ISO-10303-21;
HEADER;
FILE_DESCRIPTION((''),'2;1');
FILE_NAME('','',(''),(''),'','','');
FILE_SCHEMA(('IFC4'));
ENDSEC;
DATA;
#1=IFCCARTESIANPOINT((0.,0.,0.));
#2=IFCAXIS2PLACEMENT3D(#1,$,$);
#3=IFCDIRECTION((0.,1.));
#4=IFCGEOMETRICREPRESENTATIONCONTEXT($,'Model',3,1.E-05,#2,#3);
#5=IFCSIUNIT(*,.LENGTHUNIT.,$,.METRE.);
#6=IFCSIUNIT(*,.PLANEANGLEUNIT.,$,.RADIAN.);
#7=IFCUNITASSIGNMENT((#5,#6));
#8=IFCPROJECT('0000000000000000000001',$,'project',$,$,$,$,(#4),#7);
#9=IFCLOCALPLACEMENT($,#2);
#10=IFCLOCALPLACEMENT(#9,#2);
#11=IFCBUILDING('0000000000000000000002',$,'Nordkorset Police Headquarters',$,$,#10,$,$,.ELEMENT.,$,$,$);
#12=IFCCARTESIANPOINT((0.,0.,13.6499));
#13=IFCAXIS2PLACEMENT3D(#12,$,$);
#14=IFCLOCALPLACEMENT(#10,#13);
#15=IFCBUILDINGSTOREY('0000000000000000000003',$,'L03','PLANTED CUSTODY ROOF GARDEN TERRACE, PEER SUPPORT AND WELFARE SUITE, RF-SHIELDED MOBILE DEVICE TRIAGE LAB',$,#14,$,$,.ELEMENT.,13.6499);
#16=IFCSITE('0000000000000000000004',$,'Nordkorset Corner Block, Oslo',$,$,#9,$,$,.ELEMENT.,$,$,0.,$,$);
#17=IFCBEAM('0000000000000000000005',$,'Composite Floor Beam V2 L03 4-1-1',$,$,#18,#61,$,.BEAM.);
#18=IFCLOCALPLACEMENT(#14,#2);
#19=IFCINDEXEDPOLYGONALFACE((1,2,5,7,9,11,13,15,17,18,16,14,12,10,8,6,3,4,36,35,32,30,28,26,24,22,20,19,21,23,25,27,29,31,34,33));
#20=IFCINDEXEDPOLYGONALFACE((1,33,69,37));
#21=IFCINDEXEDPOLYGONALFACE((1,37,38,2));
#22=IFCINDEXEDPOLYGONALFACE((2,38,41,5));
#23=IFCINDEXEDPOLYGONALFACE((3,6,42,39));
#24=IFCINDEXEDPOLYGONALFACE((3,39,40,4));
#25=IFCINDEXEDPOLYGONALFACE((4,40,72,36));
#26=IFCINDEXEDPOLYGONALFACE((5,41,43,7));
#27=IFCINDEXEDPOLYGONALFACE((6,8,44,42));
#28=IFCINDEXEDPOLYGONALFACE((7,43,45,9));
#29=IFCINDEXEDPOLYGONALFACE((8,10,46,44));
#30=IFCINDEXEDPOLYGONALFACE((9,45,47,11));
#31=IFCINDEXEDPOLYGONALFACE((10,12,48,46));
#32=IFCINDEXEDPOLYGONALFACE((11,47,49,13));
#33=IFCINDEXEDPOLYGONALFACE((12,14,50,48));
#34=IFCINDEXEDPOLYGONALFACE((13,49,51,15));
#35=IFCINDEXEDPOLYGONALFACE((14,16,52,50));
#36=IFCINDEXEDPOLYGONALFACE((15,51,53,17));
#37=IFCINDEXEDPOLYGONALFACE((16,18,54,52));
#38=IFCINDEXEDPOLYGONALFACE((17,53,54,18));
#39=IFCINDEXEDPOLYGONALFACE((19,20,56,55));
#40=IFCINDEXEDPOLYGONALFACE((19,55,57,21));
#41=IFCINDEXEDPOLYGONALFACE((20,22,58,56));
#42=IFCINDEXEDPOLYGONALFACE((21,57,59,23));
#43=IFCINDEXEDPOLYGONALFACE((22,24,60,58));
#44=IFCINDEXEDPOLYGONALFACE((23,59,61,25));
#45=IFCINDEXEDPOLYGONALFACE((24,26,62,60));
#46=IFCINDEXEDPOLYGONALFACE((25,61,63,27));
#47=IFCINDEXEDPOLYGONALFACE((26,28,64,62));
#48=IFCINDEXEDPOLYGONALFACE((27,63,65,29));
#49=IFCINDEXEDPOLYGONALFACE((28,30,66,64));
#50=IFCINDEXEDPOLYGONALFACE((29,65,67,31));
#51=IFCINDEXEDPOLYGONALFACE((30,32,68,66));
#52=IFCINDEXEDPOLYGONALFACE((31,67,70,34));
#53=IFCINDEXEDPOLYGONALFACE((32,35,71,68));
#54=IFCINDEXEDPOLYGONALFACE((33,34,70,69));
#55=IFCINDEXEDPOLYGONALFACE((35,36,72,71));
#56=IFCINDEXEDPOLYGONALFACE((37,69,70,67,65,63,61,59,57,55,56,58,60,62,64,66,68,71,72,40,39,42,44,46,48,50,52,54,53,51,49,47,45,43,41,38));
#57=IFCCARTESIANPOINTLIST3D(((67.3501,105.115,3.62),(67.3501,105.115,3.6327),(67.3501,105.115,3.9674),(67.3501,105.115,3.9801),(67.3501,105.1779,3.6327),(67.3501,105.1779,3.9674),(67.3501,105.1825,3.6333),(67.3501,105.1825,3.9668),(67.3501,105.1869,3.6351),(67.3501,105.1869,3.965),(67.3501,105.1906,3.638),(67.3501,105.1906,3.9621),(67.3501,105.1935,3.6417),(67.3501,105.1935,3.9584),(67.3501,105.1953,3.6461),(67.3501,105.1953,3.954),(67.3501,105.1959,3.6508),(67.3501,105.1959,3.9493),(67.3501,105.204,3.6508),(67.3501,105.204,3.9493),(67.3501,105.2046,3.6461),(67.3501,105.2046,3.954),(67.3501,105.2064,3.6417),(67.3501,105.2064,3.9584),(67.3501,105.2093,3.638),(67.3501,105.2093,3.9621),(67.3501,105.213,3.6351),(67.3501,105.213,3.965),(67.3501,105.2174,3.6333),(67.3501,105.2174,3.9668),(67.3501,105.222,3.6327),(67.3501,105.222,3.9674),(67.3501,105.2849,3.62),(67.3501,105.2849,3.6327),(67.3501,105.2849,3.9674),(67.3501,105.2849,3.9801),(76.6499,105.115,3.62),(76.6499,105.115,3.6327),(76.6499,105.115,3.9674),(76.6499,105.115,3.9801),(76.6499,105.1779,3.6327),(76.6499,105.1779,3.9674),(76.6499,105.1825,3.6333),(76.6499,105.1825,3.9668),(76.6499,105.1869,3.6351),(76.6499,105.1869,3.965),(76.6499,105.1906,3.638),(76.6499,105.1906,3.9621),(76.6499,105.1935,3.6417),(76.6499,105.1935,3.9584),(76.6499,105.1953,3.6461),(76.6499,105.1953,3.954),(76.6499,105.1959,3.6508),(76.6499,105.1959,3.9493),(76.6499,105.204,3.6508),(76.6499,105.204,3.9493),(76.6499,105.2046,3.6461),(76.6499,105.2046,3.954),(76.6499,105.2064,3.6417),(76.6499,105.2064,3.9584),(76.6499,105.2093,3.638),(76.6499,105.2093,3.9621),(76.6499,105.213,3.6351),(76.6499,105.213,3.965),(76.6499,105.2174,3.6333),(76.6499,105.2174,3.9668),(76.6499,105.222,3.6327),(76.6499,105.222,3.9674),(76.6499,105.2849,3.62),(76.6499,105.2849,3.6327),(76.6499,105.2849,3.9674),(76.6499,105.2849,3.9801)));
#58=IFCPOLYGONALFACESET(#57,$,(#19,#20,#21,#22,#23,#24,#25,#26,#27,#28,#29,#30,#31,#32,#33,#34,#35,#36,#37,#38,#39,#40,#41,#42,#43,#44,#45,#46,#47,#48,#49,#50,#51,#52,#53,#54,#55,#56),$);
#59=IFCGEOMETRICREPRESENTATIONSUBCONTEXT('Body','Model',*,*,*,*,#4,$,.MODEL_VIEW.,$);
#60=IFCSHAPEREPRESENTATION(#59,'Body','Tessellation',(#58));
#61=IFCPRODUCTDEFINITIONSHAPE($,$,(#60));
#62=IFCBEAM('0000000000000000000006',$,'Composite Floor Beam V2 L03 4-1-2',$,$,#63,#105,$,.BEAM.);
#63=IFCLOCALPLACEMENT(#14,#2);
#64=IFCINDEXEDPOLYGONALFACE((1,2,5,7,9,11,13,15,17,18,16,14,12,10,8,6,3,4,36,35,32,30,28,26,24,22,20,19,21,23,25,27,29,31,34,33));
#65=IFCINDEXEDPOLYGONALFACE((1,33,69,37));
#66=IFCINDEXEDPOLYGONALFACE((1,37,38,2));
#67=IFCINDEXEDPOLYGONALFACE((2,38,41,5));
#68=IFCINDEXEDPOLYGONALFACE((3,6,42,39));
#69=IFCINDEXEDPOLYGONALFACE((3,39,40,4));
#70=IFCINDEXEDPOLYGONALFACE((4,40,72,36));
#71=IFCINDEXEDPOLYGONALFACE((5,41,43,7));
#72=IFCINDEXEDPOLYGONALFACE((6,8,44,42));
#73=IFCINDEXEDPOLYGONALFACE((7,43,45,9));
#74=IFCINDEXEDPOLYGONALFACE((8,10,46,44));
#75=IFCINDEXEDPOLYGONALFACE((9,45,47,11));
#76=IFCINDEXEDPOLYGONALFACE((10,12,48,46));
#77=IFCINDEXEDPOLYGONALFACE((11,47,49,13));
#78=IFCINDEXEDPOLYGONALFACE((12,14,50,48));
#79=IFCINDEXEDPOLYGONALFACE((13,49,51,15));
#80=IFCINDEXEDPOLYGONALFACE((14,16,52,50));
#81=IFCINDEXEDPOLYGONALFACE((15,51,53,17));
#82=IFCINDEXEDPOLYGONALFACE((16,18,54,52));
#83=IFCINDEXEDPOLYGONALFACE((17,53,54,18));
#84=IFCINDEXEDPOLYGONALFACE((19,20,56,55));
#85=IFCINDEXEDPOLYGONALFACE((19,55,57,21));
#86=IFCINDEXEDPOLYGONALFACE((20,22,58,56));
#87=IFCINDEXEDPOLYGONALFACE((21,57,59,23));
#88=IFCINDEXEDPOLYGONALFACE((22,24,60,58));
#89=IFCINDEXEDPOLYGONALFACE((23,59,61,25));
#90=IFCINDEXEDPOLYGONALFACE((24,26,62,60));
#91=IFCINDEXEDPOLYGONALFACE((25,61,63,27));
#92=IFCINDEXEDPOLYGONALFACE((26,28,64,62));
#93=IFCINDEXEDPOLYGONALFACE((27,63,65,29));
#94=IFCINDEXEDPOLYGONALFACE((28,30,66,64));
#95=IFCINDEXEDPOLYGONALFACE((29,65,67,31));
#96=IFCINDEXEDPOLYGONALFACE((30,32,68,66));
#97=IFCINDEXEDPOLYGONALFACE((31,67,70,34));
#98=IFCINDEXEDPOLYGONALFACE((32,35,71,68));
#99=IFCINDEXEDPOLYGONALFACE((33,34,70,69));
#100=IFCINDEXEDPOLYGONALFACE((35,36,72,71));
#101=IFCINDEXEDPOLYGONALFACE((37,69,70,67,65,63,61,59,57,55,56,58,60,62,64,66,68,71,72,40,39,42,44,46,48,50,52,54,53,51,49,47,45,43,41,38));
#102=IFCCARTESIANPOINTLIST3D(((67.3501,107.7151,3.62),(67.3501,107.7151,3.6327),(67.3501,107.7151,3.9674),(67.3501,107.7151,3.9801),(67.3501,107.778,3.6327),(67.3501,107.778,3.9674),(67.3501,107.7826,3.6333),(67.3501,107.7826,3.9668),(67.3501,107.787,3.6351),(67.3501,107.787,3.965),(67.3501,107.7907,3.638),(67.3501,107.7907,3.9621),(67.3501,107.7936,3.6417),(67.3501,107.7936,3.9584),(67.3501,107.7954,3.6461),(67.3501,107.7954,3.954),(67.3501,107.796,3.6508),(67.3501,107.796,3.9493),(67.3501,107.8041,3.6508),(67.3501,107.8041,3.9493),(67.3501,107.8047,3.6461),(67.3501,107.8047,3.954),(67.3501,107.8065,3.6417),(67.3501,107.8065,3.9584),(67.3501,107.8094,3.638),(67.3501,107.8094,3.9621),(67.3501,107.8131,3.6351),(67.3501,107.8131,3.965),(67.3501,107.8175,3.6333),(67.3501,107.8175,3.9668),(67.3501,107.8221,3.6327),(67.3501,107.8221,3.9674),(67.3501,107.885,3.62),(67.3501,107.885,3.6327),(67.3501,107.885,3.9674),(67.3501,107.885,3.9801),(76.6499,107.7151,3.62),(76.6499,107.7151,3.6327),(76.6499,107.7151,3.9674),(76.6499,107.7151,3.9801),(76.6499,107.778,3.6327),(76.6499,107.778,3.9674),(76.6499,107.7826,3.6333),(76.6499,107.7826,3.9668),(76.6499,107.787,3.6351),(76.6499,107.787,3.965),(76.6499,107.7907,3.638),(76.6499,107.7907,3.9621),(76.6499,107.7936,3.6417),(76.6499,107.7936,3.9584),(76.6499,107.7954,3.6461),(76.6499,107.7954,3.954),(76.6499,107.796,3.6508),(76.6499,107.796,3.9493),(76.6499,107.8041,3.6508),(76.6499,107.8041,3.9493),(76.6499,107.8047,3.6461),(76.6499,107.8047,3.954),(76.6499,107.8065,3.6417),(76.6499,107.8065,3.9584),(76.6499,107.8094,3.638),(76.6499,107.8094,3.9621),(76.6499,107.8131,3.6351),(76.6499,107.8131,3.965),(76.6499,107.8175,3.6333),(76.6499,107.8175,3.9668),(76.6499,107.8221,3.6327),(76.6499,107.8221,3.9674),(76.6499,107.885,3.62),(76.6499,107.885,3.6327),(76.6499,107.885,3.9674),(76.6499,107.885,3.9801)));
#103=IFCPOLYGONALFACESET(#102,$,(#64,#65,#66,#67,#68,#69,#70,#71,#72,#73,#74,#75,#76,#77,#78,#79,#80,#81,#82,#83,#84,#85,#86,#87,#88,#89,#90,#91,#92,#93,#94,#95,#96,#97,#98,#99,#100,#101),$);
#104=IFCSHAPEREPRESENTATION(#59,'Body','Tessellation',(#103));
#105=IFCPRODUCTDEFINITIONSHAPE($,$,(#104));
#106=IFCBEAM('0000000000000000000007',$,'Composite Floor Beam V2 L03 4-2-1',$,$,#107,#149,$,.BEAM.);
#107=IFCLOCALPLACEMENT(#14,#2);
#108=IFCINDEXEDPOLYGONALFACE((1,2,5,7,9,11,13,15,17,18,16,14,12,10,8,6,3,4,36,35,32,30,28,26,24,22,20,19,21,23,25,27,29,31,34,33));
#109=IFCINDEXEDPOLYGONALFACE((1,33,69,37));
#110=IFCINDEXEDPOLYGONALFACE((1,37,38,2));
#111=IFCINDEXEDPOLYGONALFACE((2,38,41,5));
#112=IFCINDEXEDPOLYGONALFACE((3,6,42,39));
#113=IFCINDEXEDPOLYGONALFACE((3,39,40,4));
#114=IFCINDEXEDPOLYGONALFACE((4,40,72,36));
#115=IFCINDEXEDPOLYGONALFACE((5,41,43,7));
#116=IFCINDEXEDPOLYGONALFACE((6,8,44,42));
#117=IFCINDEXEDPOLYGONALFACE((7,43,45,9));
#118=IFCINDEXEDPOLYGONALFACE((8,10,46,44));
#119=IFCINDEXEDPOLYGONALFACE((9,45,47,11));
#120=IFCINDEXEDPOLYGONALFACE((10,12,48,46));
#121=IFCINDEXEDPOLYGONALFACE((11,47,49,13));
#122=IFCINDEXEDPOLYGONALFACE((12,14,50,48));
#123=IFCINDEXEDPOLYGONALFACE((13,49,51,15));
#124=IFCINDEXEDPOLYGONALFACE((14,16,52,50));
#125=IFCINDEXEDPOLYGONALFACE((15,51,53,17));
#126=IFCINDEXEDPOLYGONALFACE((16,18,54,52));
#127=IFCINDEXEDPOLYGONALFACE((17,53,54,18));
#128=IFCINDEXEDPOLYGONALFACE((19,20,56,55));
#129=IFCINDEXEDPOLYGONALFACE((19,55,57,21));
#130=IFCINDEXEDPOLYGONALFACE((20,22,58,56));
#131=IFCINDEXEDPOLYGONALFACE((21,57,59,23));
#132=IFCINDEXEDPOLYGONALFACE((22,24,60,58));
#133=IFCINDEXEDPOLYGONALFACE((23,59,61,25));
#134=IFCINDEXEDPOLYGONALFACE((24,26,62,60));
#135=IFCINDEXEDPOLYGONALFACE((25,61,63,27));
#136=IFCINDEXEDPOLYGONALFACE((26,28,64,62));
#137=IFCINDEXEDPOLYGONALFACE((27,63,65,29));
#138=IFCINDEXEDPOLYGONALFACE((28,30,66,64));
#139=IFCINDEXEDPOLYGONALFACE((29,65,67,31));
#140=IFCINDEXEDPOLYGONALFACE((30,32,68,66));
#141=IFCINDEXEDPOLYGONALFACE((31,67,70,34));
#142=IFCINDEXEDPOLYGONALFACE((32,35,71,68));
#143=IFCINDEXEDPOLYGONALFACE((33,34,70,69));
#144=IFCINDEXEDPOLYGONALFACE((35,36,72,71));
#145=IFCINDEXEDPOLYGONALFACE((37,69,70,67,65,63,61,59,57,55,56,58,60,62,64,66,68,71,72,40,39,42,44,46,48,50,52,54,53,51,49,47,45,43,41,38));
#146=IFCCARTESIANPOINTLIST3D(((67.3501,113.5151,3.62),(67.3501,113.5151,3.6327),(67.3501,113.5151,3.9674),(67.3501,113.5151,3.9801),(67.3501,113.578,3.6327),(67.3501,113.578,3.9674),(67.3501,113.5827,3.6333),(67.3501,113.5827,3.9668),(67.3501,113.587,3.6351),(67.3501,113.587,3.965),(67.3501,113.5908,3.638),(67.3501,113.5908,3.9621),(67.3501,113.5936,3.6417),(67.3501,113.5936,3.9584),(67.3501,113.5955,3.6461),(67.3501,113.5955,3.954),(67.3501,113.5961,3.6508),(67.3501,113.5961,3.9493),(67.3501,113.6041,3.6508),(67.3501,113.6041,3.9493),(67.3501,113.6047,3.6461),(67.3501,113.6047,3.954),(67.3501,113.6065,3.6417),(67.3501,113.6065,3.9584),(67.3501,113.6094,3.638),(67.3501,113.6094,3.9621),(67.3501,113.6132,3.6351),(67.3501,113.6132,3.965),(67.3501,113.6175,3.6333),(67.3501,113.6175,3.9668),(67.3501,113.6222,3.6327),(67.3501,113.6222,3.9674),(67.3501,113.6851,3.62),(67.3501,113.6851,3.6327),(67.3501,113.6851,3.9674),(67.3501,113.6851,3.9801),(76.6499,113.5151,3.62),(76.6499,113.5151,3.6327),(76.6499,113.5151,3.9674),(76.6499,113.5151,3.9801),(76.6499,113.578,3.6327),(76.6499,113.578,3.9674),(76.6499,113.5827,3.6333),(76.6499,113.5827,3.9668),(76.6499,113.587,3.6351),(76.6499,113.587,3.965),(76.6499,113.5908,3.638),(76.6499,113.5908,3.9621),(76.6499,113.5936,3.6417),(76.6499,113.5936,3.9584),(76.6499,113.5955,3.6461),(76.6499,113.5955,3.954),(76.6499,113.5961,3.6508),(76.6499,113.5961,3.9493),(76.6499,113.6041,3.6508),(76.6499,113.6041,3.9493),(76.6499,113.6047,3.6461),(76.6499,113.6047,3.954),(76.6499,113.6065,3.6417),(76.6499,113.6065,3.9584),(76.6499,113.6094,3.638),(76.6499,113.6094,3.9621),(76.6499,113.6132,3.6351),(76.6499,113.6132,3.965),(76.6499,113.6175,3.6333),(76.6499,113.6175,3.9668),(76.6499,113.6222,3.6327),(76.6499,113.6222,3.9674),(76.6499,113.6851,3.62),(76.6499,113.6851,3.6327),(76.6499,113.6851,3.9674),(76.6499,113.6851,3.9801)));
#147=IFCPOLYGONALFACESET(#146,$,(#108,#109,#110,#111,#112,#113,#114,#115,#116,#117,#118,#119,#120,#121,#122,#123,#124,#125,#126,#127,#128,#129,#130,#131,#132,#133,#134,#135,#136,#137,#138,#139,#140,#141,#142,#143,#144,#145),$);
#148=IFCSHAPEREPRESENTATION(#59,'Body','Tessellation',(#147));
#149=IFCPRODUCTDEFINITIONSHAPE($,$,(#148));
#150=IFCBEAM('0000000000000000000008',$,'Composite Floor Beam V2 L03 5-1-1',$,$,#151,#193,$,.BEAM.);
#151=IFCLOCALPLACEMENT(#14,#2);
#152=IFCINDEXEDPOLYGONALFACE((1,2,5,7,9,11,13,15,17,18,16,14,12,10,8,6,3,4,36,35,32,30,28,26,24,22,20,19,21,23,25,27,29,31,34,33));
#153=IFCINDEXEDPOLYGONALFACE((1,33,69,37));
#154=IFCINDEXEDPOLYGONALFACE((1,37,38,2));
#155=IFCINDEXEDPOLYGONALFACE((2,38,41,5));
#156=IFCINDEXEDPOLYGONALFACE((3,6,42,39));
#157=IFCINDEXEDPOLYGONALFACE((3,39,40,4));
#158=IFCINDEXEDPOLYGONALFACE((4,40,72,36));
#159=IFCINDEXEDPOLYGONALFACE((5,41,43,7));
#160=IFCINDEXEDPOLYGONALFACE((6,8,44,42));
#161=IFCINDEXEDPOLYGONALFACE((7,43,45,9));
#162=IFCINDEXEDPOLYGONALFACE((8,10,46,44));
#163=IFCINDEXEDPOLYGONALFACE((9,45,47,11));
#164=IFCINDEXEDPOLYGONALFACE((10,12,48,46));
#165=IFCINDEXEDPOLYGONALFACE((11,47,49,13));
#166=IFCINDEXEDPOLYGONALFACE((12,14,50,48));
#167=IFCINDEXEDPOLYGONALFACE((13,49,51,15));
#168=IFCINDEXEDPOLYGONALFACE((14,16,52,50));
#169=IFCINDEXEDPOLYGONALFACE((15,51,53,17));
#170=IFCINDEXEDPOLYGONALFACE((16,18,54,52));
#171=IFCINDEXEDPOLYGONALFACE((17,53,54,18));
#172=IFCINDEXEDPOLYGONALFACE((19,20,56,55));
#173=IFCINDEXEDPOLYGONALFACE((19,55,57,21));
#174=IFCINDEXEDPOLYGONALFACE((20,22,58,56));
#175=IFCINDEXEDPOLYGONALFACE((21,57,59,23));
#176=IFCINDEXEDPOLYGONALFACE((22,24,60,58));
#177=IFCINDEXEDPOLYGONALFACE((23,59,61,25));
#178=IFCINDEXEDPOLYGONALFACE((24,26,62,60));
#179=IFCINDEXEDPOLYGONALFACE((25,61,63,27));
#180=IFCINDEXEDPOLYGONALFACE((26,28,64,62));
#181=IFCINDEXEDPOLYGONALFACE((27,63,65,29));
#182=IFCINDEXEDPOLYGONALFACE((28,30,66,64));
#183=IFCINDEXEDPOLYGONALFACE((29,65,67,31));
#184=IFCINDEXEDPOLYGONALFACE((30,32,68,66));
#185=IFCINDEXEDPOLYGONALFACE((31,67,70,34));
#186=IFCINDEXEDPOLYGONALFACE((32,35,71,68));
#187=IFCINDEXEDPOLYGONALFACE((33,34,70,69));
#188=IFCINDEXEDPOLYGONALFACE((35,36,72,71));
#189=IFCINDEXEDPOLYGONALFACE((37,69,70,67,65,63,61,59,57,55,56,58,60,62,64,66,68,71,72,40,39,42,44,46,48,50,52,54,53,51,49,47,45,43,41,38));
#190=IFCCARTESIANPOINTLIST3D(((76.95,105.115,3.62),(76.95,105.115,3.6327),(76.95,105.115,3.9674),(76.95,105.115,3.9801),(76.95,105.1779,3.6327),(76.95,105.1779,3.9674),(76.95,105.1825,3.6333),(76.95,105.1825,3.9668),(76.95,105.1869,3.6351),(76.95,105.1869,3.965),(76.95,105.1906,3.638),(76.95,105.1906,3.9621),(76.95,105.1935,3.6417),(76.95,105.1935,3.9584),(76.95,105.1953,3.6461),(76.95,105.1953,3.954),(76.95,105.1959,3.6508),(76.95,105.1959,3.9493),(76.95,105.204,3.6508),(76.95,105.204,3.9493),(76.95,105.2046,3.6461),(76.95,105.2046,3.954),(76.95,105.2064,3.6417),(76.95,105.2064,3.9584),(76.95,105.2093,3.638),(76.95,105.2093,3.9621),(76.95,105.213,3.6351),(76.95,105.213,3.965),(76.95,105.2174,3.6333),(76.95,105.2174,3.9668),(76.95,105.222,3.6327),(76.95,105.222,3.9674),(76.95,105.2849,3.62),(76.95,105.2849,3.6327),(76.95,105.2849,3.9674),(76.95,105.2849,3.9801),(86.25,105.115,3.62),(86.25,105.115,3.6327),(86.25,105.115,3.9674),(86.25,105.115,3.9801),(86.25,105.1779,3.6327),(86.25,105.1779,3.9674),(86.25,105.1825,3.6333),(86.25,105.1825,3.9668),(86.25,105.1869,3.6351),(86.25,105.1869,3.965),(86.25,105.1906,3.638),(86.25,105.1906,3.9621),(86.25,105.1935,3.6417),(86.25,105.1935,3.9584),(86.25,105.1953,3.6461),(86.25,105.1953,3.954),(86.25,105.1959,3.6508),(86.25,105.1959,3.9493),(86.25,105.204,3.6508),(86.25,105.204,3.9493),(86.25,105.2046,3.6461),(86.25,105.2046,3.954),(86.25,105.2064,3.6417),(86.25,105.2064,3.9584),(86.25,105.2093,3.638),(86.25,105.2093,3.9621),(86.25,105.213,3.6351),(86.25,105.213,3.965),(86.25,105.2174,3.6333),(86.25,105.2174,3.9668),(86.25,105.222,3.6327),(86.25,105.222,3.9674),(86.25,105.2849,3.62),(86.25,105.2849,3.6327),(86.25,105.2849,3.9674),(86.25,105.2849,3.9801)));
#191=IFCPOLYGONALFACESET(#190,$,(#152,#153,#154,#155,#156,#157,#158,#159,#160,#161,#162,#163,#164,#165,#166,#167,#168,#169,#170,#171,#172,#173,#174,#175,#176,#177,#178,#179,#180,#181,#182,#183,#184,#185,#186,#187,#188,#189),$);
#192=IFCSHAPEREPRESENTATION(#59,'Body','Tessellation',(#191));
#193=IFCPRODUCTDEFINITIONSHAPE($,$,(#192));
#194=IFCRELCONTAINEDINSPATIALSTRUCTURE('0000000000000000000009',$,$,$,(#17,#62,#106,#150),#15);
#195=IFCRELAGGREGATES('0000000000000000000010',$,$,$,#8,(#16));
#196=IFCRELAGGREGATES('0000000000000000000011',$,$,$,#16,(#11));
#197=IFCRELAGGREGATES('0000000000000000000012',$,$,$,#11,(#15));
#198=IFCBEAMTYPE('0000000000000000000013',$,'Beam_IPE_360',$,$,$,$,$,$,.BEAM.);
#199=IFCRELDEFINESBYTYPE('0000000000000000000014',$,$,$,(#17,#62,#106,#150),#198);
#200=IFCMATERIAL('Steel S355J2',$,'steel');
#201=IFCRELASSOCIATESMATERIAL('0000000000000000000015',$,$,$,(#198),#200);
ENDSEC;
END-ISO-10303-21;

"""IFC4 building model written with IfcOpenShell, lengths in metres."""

from ifc_helpers import new_model, si_unit, direction, frame, origin, origin_2d, place, context, subcontext, project, spatial, i_section, extrude, material, material_profile, profile_set, type_object, element, save


model = new_model("IFC4")

# Units and contexts
model_context = context("Model", 3, precision=1e-05, world=origin(), true_north=direction((0.0, 1.0)))
body_context = subcontext(model_context, "Body", "Model", "MODEL_VIEW")
ifc_project = project(units=[si_unit("LENGTHUNIT", "METRE"), si_unit("PLANEANGLEUNIT", "RADIAN")], contexts=[model_context])

# Site, building, storey
site_placement = place(None, origin())
site = spatial("IfcSite", under=ifc_project, at=site_placement, Name="Nordkorset Corner Block, Oslo", CompositionType="ELEMENT", RefElevation=0.0)
building_placement = place(site_placement, origin())
building = spatial("IfcBuilding", under=site, at=building_placement, Name="Nordkorset Police Headquarters", CompositionType="ELEMENT")
storey_placement = place(building_placement, frame((0.0, 0.0, 13.6499)))
storey = spatial("IfcBuildingStorey", under=building, at=storey_placement, Name="L03", Description="PLANTED CUSTODY ROOF GARDEN TERRACE, PEER SUPPORT AND WELFARE SUITE, RF-SHIELDED MOBILE DEVICE TRIAGE LAB", CompositionType="ELEMENT", Elevation=13.6499)

# Beams
ifc_material_1 = material(Name="Steel S355J2", Category="steel")
ifc_material_profile_1 = material_profile(ifc_material_1, i_section(OverallWidth=0.1699, OverallDepth=0.3601, WebThickness=0.0081, FlangeThickness=0.0127, FilletRadius=0.0181, at=origin_2d()), Name="IPE 360")
ifc_profile_set_1 = profile_set([ifc_material_profile_1], Name="Steel S355J2")
beam_type_1 = type_object("IfcBeamType", Name="Beam_IPE_360", PredefinedType="BEAM", material=ifc_profile_set_1)
for number, where, z_axis, x_axis, name in (
    (1, (67.3501, 105.2, 3.8), (1.0, 0.0, 0.0), (0.0, 1.0, 0.0), "Composite Floor Beam V2 L03 4-1-1"),
    (2, (67.3501, 107.8, 3.8), (1.0, 0.0, 0.0), (0.0, 1.0, 0.0), "Composite Floor Beam V2 L03 4-1-2"),
    (3, (67.3501, 113.6001, 3.8), (1.0, 0.0, 0.0), (0.0, 1.0, 0.0), "Composite Floor Beam V2 L03 4-2-1"),
):
    element("IfcBeam", number, at=place(storey_placement, frame(where, z_axis=z_axis, x_axis=x_axis)), inside=storey, type_object=beam_type_1, Name=name, PredefinedType="BEAM", context=body_context, shape_type="SweptSolid", body=[
        extrude(i_section(OverallWidth=0.1699, OverallDepth=0.3601, WebThickness=0.0081, FlangeThickness=0.0127, FilletRadius=0.0181, at=origin_2d()), origin(), (0.0, 0.0, 1.0), 9.2998),
    ])
for number, where, z_axis, x_axis, name in (
    (4, (76.95, 105.2, 3.8), (1.0, 0.0, 0.0), (0.0, 1.0, 0.0), "Composite Floor Beam V2 L03 5-1-1"),
):
    element("IfcBeam", number, at=place(storey_placement, frame(where, z_axis=z_axis, x_axis=x_axis)), inside=storey, type_object=beam_type_1, Name=name, PredefinedType="BEAM", context=body_context, shape_type="SweptSolid", body=[
        extrude(i_section(OverallWidth=0.1699, OverallDepth=0.3601, WebThickness=0.0081, FlangeThickness=0.0127, FilletRadius=0.0181, at=origin_2d()), origin(), (0.0, 0.0, 1.0), 9.3),
    ])

save(model, "model.ifc")
